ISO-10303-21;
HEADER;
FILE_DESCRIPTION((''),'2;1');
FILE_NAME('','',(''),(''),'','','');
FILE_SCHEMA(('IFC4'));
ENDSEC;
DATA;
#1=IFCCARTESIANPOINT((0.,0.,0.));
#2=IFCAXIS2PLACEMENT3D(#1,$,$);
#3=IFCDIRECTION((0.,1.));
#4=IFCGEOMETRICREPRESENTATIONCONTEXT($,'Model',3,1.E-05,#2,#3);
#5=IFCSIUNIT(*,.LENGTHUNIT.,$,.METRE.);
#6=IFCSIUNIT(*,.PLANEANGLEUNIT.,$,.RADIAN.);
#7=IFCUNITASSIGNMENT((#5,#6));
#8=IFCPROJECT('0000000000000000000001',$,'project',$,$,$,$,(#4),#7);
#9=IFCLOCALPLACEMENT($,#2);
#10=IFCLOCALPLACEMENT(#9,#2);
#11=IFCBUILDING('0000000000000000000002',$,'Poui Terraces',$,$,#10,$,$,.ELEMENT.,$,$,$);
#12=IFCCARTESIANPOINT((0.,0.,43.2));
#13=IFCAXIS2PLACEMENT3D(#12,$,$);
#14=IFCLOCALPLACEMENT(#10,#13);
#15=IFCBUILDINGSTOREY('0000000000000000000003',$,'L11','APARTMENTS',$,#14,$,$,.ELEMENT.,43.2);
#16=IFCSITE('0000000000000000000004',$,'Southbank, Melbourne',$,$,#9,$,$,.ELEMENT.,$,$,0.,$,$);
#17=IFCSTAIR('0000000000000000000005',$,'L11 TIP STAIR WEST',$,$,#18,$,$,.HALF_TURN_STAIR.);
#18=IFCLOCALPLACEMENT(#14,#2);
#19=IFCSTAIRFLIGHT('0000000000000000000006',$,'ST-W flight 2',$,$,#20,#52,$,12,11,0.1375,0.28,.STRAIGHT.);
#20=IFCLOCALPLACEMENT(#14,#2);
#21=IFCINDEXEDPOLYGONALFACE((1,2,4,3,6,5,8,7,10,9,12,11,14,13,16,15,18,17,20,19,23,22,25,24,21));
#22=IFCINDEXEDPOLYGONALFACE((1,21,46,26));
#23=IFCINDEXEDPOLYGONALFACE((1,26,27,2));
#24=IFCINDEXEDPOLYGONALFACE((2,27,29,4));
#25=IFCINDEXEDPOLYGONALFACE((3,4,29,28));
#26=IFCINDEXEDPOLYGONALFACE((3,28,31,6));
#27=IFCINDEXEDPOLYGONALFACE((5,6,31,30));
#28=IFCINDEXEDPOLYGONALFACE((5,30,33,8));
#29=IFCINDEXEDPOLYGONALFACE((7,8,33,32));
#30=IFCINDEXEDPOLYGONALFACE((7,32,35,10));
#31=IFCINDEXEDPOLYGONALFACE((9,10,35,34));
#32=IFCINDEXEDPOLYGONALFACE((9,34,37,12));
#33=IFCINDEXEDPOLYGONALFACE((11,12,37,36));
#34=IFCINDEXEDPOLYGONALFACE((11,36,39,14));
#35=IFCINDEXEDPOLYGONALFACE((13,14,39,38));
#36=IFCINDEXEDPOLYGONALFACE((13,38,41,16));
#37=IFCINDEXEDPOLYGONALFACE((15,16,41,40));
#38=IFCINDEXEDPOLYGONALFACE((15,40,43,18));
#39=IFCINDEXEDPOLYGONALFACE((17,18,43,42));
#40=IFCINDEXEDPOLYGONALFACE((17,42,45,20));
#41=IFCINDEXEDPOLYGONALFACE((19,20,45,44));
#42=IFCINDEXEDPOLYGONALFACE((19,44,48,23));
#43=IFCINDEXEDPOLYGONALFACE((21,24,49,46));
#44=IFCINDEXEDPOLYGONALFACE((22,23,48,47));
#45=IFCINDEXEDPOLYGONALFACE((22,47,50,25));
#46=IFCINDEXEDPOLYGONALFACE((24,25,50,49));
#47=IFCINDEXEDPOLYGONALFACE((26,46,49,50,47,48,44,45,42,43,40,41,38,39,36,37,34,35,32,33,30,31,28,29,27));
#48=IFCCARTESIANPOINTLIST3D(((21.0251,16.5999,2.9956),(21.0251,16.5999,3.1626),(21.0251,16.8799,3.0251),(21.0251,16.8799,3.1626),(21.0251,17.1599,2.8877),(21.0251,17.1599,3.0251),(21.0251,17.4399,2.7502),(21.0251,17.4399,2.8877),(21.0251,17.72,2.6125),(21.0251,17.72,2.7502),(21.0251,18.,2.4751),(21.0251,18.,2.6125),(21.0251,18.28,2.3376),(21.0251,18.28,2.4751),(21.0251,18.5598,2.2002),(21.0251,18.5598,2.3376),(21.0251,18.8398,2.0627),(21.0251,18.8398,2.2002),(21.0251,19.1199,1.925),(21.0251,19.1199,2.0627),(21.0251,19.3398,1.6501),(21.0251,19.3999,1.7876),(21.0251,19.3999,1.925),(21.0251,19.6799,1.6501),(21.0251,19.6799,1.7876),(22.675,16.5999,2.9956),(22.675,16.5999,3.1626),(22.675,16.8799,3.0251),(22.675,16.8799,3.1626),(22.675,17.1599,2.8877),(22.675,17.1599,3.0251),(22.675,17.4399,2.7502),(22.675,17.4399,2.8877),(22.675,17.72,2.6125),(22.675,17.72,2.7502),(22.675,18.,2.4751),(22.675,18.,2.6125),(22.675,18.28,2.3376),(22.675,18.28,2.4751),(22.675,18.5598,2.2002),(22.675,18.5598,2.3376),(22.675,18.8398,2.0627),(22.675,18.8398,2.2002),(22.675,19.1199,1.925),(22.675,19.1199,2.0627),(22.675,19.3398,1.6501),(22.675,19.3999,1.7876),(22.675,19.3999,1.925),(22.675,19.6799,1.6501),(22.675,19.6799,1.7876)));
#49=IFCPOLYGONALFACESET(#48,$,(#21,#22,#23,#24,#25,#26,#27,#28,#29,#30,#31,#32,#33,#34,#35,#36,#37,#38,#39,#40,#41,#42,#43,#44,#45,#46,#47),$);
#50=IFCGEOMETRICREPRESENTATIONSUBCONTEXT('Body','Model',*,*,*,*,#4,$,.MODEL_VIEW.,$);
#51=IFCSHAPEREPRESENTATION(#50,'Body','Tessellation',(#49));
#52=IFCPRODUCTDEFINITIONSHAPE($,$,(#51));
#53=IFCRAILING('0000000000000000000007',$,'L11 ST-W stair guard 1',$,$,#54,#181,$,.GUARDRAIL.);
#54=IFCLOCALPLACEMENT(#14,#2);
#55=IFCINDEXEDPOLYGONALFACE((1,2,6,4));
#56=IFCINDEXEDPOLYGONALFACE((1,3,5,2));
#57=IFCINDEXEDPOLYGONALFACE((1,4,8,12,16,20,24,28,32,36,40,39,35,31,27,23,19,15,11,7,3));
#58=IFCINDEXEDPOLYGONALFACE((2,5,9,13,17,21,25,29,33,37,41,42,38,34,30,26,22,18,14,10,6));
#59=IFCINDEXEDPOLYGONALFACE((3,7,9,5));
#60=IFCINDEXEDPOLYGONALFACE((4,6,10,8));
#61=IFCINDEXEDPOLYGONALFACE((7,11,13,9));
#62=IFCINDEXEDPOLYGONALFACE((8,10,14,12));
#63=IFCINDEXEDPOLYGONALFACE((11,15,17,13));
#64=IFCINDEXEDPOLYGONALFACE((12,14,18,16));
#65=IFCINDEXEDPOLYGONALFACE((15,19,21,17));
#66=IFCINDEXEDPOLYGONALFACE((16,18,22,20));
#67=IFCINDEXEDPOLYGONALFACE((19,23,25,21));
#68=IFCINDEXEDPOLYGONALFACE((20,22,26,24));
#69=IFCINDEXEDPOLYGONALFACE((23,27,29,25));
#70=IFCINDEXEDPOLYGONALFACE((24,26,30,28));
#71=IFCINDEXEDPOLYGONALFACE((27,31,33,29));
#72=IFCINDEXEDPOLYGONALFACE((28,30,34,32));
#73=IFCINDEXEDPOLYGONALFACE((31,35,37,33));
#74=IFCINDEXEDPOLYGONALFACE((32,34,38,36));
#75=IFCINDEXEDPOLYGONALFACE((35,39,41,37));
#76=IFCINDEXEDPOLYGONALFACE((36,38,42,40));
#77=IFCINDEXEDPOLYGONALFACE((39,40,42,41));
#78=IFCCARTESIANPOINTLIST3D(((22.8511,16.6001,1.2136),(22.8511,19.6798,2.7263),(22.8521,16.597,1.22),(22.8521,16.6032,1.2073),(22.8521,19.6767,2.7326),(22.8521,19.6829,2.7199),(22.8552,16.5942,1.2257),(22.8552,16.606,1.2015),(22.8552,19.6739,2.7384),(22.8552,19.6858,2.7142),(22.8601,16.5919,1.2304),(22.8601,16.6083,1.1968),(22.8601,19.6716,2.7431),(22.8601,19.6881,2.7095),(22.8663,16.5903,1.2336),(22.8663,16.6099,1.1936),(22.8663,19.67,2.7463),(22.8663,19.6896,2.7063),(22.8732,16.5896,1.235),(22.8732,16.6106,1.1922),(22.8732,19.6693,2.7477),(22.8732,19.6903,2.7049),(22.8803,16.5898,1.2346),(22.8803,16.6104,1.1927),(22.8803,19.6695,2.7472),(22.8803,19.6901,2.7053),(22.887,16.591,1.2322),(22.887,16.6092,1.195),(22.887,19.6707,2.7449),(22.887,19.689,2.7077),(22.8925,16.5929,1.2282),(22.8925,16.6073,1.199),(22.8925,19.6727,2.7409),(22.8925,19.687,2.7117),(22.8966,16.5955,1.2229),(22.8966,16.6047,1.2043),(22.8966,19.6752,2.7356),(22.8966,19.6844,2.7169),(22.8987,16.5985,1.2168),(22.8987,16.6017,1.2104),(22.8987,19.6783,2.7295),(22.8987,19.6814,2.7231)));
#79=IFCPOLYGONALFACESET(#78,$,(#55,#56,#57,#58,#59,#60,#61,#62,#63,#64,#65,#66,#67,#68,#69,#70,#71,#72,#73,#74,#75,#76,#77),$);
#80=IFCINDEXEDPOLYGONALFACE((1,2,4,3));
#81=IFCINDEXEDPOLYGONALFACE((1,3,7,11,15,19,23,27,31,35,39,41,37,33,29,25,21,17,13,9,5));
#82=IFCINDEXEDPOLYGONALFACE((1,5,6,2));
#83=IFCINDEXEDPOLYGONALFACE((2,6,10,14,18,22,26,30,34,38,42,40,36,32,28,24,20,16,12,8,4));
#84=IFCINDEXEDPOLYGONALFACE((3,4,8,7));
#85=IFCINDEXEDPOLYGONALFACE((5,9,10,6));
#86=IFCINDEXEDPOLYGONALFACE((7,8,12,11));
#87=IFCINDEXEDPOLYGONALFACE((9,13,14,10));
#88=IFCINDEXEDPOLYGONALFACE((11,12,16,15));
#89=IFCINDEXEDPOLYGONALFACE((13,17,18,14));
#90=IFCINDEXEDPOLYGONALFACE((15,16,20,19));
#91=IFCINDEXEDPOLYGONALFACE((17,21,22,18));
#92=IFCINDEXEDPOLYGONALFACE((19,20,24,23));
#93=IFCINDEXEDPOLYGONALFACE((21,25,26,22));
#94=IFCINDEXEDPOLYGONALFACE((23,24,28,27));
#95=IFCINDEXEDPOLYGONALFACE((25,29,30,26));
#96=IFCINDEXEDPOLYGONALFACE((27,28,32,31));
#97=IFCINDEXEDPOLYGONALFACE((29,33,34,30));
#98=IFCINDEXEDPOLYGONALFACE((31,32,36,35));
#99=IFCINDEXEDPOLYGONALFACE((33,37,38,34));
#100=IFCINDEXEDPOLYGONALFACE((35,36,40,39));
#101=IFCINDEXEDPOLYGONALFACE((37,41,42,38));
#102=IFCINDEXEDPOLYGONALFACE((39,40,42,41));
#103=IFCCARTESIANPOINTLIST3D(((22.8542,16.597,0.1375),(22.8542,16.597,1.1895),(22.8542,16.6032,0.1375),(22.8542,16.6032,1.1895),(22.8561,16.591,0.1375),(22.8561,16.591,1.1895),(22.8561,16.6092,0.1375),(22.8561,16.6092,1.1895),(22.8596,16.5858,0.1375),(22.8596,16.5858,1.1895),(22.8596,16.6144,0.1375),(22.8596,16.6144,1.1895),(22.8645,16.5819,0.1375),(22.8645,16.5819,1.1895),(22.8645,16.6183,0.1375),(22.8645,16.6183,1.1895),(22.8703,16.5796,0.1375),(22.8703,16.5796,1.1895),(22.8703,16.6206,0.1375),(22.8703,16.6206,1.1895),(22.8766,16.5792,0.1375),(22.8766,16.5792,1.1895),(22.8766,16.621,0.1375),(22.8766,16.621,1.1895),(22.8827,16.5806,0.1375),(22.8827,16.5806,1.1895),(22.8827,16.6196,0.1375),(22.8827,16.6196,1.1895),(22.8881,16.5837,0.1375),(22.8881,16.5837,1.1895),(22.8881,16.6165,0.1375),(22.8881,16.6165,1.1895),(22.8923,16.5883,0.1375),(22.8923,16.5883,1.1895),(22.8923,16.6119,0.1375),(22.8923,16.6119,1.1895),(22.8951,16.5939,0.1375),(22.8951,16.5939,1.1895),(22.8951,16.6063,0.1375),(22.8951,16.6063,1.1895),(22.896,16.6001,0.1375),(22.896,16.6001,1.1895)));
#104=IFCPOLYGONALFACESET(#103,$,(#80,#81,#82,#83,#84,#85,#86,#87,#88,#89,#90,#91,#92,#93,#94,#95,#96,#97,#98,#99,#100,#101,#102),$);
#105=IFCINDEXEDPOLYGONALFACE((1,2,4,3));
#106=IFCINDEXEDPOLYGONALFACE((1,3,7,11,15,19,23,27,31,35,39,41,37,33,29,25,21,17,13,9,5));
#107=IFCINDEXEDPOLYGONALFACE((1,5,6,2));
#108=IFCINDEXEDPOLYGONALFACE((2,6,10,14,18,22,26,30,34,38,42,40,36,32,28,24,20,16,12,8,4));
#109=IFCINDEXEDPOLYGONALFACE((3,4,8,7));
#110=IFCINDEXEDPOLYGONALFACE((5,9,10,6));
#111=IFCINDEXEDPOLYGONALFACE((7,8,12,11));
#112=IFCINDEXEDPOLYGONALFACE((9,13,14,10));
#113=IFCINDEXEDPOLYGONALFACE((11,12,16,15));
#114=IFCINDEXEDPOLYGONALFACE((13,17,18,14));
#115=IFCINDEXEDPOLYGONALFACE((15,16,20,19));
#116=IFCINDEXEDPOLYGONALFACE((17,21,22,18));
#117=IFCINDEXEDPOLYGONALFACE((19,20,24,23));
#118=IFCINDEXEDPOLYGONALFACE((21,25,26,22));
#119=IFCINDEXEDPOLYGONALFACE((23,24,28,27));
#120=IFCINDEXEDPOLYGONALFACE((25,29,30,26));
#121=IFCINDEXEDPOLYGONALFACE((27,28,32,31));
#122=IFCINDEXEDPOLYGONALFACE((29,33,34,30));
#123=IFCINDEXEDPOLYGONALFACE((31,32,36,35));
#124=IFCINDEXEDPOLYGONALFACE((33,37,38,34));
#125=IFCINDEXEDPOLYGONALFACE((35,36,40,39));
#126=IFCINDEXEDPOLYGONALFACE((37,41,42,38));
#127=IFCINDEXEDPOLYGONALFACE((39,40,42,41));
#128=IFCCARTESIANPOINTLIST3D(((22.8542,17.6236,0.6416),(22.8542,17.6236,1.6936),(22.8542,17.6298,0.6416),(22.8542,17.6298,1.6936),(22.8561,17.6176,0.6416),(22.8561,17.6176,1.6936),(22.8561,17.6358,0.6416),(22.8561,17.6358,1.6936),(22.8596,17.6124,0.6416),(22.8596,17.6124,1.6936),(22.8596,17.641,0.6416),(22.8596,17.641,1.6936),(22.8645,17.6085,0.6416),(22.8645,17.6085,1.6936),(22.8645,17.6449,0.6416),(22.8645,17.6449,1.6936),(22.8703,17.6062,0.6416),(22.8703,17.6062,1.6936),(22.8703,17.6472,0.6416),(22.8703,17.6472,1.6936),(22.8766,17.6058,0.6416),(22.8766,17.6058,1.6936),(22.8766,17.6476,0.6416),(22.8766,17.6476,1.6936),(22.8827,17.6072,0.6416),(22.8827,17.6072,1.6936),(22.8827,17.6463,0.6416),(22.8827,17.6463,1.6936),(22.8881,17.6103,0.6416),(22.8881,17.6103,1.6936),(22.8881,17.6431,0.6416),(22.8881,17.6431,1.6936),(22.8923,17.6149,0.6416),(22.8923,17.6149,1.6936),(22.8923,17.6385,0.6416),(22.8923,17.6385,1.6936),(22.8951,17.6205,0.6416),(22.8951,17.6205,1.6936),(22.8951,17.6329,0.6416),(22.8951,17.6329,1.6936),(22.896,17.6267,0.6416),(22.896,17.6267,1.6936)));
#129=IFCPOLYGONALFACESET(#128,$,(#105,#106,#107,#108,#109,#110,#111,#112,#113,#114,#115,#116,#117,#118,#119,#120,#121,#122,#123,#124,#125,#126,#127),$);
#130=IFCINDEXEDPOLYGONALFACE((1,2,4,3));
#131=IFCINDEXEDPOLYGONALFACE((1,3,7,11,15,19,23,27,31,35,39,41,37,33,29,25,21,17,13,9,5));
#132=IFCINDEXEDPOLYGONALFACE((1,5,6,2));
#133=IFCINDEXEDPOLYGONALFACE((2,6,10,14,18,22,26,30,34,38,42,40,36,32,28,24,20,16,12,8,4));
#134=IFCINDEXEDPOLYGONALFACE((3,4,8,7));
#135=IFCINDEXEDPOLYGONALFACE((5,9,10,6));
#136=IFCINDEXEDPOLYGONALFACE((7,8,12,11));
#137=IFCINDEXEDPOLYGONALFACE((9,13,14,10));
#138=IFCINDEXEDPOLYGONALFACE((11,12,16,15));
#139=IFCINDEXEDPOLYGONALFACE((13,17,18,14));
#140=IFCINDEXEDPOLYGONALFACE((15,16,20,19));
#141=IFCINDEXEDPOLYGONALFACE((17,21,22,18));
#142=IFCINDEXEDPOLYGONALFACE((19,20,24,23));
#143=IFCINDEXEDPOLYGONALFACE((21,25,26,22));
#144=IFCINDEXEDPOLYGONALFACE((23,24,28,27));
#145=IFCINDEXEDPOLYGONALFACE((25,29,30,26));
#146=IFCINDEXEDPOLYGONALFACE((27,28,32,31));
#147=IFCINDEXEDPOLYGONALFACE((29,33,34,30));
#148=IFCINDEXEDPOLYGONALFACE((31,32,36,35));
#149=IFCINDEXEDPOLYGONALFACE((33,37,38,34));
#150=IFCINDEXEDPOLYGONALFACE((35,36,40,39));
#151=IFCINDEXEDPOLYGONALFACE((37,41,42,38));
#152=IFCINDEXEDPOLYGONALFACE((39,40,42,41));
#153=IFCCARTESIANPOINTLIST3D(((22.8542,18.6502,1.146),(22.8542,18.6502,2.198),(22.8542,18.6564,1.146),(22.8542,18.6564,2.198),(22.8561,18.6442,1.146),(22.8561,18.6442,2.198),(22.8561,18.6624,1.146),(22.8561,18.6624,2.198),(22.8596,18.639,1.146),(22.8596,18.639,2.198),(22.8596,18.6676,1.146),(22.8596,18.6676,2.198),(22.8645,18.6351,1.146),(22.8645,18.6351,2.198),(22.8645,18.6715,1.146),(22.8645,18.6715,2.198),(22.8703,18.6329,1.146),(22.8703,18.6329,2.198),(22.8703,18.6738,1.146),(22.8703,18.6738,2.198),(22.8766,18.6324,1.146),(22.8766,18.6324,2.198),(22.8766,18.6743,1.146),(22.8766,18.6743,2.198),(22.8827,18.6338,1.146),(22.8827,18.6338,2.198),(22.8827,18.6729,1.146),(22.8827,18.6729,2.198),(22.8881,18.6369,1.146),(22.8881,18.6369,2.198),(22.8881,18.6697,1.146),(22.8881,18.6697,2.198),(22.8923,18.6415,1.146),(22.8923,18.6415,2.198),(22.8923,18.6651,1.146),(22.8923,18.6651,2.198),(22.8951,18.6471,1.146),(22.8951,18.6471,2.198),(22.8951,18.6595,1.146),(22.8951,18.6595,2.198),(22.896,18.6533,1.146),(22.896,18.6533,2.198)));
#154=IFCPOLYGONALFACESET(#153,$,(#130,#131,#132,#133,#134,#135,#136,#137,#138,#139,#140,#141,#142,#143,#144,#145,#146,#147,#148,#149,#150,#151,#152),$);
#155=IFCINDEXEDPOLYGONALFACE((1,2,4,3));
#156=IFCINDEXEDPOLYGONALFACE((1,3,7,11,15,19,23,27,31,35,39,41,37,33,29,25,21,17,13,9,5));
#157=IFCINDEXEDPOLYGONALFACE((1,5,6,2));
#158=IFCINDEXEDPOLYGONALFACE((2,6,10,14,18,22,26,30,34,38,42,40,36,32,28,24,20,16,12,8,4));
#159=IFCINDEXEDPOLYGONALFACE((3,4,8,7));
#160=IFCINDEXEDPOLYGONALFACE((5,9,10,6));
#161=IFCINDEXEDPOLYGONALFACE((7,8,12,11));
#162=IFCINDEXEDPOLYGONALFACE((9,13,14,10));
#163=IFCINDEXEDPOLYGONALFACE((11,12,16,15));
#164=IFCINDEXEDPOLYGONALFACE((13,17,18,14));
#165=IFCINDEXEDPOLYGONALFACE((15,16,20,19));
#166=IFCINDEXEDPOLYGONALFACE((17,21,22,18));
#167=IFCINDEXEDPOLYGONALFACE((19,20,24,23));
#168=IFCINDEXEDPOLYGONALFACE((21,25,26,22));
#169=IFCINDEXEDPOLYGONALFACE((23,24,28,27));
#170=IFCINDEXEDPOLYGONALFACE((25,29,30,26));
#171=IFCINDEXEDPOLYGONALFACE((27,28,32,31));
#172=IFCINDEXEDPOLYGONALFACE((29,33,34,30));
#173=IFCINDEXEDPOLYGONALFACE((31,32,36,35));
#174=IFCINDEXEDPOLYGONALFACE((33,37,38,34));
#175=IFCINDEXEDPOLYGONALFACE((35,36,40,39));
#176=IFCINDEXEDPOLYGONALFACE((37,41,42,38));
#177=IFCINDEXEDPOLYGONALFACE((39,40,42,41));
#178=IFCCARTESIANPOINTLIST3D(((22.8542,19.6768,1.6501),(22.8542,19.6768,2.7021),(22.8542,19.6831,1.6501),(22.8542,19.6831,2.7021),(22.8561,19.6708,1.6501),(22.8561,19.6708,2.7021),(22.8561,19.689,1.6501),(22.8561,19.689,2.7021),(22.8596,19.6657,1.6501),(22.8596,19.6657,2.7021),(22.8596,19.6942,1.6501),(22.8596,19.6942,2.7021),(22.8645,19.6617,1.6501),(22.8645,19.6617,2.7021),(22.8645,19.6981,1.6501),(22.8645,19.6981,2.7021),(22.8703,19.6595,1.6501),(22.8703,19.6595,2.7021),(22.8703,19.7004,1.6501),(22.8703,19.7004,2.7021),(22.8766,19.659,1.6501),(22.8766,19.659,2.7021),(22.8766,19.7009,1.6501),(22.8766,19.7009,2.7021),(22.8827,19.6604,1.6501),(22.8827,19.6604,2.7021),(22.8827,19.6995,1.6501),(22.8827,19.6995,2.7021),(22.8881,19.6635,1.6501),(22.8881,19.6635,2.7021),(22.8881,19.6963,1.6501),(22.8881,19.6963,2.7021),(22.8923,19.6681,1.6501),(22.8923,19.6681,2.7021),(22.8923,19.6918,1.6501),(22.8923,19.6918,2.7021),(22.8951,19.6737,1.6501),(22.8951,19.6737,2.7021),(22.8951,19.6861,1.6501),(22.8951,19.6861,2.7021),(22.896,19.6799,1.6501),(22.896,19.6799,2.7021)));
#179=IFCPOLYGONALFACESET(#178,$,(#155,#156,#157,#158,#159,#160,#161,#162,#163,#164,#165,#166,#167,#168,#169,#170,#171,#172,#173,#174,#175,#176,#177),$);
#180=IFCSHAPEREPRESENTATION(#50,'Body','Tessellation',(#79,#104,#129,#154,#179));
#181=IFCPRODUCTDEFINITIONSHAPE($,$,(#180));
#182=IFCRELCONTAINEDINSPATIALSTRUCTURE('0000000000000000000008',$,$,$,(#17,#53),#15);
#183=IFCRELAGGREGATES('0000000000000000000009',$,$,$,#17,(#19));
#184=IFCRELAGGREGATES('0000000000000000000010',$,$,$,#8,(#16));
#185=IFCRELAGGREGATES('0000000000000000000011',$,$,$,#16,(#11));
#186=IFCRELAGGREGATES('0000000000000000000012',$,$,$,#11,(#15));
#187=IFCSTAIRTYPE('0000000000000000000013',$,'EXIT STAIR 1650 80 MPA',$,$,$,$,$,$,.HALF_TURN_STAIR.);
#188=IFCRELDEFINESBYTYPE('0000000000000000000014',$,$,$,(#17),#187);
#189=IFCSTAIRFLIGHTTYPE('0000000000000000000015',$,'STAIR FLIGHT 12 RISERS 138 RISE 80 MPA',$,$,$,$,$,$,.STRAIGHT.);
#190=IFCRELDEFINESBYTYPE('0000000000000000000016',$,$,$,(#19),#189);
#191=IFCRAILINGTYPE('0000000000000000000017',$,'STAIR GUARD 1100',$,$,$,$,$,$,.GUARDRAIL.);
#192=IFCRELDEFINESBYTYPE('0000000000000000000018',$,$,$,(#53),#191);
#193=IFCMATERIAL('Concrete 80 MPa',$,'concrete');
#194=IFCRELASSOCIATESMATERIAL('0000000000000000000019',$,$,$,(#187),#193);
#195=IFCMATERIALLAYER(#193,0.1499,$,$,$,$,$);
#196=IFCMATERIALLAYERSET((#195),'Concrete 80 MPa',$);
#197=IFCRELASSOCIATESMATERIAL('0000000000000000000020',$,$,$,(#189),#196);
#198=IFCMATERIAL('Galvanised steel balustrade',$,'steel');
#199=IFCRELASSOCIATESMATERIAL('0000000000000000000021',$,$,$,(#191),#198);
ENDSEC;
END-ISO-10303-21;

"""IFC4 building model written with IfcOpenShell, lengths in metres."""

from ifc_helpers import new_model, si_unit, direction, frame, origin, origin_2d, place, context, subcontext, project, spatial, polyline, circle, outline, extrude, material, layer, layer_set, type_object, element, aggregate, save


model = new_model("IFC4")

# Units and contexts
model_context = context("Model", 3, precision=1e-05, world=origin(), true_north=direction((0.0, 1.0)))
body_context = subcontext(model_context, "Body", "Model", "MODEL_VIEW")
ifc_project = project(units=[si_unit("LENGTHUNIT", "METRE"), si_unit("PLANEANGLEUNIT", "RADIAN")], contexts=[model_context])

# Site, building, storey
site_placement = place(None, origin())
site = spatial("IfcSite", under=ifc_project, at=site_placement, Name="Southbank, Melbourne", CompositionType="ELEMENT", RefElevation=0.0)
building_placement = place(site_placement, origin())
building = spatial("IfcBuilding", under=site, at=building_placement, Name="Poui Terraces", CompositionType="ELEMENT")
storey_placement = place(building_placement, frame((0.0, 0.0, 43.2)))
storey = spatial("IfcBuildingStorey", under=building, at=storey_placement, Name="L11", Description="APARTMENTS", CompositionType="ELEMENT", Elevation=43.2)

# Shared definitions
ifc_material_1 = material(Name="Concrete 80 MPa", Category="concrete")

# Stair, stair flight
stair_type = type_object("IfcStairType", Name="EXIT STAIR 1650 80 MPA", PredefinedType="HALF_TURN_STAIR", material=ifc_material_1)
stair_placement = place(storey_placement, origin())
stair = element("IfcStair", 1, at=stair_placement, inside=storey, type_object=stair_type, Name="L11 TIP STAIR WEST", PredefinedType="HALF_TURN_STAIR")
ifc_layer_1 = layer(ifc_material_1, 0.1499)
ifc_layer_set_1 = layer_set([ifc_layer_1], Name="Concrete 80 MPa")
stair_flight_type = type_object("IfcStairFlightType", Name="STAIR FLIGHT 12 RISERS 138 RISE 80 MPA", PredefinedType="STRAIGHT", material=ifc_layer_set_1)
stair_flight_1_placement = place(storey_placement, frame((21.8501, 19.6799, 1.6501), z_axis=(0.0, 0.0, 1.0), x_axis=(0.0, -1.0, 0.0)))
stair_flight_1 = element("IfcStairFlight", 2, at=stair_flight_1_placement, type_object=stair_flight_type, Name="ST-W flight 2", NumberOfRisers=12, NumberOfTreads=11, PredefinedType="STRAIGHT", RiserHeight=0.1375, TreadLength=0.28, context=body_context, shape_type="SweptSolid", body=[
    extrude(outline(polyline([(0.0, 0.0), (0.0, 0.1375), (0.28, 0.1375), (0.28, 0.2749), (0.5601, 0.2749), (0.5601, 0.4126), (0.8401, 0.4126), (0.8401, 0.55), (1.1201, 0.55), (1.1201, 0.6875), (1.3999, 0.6875), (1.3999, 0.825), (1.6799, 0.825), (1.6799, 0.9624), (1.96, 0.9624), (1.96, 1.1001), (2.24, 1.1001), (2.24, 1.2375), (2.52, 1.2375), (2.52, 1.375), (2.8, 1.375), (2.8, 1.5125), (3.0801, 1.5125), (3.0801, 1.6499), (3.0801, 1.3455), (0.3401, 0.0), (0.0, 0.0)])), frame((0.0, 0.825, 0.0), z_axis=(0.0, -1.0, 0.0), x_axis=(1.0, 0.0, 0.0)), (0.0, 0.0, 1.0), 1.6499),
])
aggregate(stair, [stair_flight_1])

# Railing
ifc_material_2 = material(Name="Galvanised steel balustrade", Category="steel")
railing_type_1 = type_object("IfcRailingType", Name="STAIR GUARD 1100", PredefinedType="GUARDRAIL", material=ifc_material_2)
railing_1_placement = place(storey_placement, frame((22.875, 16.6001, 0.1375)))
element("IfcRailing", 3, at=railing_1_placement, inside=storey, type_object=railing_type_1, Name="L11 ST-W stair guard 1", PredefinedType="GUARDRAIL", context=body_context, shape_type="SweptSolid", body=[
    extrude(circle(Radius=0.0239, at=origin_2d()), frame((0.0, 0.0, 1.0762), z_axis=(0.0, 0.897578, 0.440856), x_axis=(-1.0, 0.0, 0.0)), (0.0, 0.0, 1.0), 3.4312),
    extrude(circle(Radius=0.021, at=origin_2d()), origin(), (0.0, 0.0, 1.0), 1.052),
    extrude(circle(Radius=0.021, at=origin_2d()), frame((0.0, 1.0266, 0.5042)), (0.0, 0.0, 1.0), 1.052),
    extrude(circle(Radius=0.021, at=origin_2d()), frame((0.0, 2.0532, 1.0085)), (0.0, 0.0, 1.0), 1.052),
    extrude(circle(Radius=0.021, at=origin_2d()), frame((0.0, 3.0798, 1.5127)), (0.0, 0.0, 1.0), 1.052),
])

save(model, "model.ifc")
